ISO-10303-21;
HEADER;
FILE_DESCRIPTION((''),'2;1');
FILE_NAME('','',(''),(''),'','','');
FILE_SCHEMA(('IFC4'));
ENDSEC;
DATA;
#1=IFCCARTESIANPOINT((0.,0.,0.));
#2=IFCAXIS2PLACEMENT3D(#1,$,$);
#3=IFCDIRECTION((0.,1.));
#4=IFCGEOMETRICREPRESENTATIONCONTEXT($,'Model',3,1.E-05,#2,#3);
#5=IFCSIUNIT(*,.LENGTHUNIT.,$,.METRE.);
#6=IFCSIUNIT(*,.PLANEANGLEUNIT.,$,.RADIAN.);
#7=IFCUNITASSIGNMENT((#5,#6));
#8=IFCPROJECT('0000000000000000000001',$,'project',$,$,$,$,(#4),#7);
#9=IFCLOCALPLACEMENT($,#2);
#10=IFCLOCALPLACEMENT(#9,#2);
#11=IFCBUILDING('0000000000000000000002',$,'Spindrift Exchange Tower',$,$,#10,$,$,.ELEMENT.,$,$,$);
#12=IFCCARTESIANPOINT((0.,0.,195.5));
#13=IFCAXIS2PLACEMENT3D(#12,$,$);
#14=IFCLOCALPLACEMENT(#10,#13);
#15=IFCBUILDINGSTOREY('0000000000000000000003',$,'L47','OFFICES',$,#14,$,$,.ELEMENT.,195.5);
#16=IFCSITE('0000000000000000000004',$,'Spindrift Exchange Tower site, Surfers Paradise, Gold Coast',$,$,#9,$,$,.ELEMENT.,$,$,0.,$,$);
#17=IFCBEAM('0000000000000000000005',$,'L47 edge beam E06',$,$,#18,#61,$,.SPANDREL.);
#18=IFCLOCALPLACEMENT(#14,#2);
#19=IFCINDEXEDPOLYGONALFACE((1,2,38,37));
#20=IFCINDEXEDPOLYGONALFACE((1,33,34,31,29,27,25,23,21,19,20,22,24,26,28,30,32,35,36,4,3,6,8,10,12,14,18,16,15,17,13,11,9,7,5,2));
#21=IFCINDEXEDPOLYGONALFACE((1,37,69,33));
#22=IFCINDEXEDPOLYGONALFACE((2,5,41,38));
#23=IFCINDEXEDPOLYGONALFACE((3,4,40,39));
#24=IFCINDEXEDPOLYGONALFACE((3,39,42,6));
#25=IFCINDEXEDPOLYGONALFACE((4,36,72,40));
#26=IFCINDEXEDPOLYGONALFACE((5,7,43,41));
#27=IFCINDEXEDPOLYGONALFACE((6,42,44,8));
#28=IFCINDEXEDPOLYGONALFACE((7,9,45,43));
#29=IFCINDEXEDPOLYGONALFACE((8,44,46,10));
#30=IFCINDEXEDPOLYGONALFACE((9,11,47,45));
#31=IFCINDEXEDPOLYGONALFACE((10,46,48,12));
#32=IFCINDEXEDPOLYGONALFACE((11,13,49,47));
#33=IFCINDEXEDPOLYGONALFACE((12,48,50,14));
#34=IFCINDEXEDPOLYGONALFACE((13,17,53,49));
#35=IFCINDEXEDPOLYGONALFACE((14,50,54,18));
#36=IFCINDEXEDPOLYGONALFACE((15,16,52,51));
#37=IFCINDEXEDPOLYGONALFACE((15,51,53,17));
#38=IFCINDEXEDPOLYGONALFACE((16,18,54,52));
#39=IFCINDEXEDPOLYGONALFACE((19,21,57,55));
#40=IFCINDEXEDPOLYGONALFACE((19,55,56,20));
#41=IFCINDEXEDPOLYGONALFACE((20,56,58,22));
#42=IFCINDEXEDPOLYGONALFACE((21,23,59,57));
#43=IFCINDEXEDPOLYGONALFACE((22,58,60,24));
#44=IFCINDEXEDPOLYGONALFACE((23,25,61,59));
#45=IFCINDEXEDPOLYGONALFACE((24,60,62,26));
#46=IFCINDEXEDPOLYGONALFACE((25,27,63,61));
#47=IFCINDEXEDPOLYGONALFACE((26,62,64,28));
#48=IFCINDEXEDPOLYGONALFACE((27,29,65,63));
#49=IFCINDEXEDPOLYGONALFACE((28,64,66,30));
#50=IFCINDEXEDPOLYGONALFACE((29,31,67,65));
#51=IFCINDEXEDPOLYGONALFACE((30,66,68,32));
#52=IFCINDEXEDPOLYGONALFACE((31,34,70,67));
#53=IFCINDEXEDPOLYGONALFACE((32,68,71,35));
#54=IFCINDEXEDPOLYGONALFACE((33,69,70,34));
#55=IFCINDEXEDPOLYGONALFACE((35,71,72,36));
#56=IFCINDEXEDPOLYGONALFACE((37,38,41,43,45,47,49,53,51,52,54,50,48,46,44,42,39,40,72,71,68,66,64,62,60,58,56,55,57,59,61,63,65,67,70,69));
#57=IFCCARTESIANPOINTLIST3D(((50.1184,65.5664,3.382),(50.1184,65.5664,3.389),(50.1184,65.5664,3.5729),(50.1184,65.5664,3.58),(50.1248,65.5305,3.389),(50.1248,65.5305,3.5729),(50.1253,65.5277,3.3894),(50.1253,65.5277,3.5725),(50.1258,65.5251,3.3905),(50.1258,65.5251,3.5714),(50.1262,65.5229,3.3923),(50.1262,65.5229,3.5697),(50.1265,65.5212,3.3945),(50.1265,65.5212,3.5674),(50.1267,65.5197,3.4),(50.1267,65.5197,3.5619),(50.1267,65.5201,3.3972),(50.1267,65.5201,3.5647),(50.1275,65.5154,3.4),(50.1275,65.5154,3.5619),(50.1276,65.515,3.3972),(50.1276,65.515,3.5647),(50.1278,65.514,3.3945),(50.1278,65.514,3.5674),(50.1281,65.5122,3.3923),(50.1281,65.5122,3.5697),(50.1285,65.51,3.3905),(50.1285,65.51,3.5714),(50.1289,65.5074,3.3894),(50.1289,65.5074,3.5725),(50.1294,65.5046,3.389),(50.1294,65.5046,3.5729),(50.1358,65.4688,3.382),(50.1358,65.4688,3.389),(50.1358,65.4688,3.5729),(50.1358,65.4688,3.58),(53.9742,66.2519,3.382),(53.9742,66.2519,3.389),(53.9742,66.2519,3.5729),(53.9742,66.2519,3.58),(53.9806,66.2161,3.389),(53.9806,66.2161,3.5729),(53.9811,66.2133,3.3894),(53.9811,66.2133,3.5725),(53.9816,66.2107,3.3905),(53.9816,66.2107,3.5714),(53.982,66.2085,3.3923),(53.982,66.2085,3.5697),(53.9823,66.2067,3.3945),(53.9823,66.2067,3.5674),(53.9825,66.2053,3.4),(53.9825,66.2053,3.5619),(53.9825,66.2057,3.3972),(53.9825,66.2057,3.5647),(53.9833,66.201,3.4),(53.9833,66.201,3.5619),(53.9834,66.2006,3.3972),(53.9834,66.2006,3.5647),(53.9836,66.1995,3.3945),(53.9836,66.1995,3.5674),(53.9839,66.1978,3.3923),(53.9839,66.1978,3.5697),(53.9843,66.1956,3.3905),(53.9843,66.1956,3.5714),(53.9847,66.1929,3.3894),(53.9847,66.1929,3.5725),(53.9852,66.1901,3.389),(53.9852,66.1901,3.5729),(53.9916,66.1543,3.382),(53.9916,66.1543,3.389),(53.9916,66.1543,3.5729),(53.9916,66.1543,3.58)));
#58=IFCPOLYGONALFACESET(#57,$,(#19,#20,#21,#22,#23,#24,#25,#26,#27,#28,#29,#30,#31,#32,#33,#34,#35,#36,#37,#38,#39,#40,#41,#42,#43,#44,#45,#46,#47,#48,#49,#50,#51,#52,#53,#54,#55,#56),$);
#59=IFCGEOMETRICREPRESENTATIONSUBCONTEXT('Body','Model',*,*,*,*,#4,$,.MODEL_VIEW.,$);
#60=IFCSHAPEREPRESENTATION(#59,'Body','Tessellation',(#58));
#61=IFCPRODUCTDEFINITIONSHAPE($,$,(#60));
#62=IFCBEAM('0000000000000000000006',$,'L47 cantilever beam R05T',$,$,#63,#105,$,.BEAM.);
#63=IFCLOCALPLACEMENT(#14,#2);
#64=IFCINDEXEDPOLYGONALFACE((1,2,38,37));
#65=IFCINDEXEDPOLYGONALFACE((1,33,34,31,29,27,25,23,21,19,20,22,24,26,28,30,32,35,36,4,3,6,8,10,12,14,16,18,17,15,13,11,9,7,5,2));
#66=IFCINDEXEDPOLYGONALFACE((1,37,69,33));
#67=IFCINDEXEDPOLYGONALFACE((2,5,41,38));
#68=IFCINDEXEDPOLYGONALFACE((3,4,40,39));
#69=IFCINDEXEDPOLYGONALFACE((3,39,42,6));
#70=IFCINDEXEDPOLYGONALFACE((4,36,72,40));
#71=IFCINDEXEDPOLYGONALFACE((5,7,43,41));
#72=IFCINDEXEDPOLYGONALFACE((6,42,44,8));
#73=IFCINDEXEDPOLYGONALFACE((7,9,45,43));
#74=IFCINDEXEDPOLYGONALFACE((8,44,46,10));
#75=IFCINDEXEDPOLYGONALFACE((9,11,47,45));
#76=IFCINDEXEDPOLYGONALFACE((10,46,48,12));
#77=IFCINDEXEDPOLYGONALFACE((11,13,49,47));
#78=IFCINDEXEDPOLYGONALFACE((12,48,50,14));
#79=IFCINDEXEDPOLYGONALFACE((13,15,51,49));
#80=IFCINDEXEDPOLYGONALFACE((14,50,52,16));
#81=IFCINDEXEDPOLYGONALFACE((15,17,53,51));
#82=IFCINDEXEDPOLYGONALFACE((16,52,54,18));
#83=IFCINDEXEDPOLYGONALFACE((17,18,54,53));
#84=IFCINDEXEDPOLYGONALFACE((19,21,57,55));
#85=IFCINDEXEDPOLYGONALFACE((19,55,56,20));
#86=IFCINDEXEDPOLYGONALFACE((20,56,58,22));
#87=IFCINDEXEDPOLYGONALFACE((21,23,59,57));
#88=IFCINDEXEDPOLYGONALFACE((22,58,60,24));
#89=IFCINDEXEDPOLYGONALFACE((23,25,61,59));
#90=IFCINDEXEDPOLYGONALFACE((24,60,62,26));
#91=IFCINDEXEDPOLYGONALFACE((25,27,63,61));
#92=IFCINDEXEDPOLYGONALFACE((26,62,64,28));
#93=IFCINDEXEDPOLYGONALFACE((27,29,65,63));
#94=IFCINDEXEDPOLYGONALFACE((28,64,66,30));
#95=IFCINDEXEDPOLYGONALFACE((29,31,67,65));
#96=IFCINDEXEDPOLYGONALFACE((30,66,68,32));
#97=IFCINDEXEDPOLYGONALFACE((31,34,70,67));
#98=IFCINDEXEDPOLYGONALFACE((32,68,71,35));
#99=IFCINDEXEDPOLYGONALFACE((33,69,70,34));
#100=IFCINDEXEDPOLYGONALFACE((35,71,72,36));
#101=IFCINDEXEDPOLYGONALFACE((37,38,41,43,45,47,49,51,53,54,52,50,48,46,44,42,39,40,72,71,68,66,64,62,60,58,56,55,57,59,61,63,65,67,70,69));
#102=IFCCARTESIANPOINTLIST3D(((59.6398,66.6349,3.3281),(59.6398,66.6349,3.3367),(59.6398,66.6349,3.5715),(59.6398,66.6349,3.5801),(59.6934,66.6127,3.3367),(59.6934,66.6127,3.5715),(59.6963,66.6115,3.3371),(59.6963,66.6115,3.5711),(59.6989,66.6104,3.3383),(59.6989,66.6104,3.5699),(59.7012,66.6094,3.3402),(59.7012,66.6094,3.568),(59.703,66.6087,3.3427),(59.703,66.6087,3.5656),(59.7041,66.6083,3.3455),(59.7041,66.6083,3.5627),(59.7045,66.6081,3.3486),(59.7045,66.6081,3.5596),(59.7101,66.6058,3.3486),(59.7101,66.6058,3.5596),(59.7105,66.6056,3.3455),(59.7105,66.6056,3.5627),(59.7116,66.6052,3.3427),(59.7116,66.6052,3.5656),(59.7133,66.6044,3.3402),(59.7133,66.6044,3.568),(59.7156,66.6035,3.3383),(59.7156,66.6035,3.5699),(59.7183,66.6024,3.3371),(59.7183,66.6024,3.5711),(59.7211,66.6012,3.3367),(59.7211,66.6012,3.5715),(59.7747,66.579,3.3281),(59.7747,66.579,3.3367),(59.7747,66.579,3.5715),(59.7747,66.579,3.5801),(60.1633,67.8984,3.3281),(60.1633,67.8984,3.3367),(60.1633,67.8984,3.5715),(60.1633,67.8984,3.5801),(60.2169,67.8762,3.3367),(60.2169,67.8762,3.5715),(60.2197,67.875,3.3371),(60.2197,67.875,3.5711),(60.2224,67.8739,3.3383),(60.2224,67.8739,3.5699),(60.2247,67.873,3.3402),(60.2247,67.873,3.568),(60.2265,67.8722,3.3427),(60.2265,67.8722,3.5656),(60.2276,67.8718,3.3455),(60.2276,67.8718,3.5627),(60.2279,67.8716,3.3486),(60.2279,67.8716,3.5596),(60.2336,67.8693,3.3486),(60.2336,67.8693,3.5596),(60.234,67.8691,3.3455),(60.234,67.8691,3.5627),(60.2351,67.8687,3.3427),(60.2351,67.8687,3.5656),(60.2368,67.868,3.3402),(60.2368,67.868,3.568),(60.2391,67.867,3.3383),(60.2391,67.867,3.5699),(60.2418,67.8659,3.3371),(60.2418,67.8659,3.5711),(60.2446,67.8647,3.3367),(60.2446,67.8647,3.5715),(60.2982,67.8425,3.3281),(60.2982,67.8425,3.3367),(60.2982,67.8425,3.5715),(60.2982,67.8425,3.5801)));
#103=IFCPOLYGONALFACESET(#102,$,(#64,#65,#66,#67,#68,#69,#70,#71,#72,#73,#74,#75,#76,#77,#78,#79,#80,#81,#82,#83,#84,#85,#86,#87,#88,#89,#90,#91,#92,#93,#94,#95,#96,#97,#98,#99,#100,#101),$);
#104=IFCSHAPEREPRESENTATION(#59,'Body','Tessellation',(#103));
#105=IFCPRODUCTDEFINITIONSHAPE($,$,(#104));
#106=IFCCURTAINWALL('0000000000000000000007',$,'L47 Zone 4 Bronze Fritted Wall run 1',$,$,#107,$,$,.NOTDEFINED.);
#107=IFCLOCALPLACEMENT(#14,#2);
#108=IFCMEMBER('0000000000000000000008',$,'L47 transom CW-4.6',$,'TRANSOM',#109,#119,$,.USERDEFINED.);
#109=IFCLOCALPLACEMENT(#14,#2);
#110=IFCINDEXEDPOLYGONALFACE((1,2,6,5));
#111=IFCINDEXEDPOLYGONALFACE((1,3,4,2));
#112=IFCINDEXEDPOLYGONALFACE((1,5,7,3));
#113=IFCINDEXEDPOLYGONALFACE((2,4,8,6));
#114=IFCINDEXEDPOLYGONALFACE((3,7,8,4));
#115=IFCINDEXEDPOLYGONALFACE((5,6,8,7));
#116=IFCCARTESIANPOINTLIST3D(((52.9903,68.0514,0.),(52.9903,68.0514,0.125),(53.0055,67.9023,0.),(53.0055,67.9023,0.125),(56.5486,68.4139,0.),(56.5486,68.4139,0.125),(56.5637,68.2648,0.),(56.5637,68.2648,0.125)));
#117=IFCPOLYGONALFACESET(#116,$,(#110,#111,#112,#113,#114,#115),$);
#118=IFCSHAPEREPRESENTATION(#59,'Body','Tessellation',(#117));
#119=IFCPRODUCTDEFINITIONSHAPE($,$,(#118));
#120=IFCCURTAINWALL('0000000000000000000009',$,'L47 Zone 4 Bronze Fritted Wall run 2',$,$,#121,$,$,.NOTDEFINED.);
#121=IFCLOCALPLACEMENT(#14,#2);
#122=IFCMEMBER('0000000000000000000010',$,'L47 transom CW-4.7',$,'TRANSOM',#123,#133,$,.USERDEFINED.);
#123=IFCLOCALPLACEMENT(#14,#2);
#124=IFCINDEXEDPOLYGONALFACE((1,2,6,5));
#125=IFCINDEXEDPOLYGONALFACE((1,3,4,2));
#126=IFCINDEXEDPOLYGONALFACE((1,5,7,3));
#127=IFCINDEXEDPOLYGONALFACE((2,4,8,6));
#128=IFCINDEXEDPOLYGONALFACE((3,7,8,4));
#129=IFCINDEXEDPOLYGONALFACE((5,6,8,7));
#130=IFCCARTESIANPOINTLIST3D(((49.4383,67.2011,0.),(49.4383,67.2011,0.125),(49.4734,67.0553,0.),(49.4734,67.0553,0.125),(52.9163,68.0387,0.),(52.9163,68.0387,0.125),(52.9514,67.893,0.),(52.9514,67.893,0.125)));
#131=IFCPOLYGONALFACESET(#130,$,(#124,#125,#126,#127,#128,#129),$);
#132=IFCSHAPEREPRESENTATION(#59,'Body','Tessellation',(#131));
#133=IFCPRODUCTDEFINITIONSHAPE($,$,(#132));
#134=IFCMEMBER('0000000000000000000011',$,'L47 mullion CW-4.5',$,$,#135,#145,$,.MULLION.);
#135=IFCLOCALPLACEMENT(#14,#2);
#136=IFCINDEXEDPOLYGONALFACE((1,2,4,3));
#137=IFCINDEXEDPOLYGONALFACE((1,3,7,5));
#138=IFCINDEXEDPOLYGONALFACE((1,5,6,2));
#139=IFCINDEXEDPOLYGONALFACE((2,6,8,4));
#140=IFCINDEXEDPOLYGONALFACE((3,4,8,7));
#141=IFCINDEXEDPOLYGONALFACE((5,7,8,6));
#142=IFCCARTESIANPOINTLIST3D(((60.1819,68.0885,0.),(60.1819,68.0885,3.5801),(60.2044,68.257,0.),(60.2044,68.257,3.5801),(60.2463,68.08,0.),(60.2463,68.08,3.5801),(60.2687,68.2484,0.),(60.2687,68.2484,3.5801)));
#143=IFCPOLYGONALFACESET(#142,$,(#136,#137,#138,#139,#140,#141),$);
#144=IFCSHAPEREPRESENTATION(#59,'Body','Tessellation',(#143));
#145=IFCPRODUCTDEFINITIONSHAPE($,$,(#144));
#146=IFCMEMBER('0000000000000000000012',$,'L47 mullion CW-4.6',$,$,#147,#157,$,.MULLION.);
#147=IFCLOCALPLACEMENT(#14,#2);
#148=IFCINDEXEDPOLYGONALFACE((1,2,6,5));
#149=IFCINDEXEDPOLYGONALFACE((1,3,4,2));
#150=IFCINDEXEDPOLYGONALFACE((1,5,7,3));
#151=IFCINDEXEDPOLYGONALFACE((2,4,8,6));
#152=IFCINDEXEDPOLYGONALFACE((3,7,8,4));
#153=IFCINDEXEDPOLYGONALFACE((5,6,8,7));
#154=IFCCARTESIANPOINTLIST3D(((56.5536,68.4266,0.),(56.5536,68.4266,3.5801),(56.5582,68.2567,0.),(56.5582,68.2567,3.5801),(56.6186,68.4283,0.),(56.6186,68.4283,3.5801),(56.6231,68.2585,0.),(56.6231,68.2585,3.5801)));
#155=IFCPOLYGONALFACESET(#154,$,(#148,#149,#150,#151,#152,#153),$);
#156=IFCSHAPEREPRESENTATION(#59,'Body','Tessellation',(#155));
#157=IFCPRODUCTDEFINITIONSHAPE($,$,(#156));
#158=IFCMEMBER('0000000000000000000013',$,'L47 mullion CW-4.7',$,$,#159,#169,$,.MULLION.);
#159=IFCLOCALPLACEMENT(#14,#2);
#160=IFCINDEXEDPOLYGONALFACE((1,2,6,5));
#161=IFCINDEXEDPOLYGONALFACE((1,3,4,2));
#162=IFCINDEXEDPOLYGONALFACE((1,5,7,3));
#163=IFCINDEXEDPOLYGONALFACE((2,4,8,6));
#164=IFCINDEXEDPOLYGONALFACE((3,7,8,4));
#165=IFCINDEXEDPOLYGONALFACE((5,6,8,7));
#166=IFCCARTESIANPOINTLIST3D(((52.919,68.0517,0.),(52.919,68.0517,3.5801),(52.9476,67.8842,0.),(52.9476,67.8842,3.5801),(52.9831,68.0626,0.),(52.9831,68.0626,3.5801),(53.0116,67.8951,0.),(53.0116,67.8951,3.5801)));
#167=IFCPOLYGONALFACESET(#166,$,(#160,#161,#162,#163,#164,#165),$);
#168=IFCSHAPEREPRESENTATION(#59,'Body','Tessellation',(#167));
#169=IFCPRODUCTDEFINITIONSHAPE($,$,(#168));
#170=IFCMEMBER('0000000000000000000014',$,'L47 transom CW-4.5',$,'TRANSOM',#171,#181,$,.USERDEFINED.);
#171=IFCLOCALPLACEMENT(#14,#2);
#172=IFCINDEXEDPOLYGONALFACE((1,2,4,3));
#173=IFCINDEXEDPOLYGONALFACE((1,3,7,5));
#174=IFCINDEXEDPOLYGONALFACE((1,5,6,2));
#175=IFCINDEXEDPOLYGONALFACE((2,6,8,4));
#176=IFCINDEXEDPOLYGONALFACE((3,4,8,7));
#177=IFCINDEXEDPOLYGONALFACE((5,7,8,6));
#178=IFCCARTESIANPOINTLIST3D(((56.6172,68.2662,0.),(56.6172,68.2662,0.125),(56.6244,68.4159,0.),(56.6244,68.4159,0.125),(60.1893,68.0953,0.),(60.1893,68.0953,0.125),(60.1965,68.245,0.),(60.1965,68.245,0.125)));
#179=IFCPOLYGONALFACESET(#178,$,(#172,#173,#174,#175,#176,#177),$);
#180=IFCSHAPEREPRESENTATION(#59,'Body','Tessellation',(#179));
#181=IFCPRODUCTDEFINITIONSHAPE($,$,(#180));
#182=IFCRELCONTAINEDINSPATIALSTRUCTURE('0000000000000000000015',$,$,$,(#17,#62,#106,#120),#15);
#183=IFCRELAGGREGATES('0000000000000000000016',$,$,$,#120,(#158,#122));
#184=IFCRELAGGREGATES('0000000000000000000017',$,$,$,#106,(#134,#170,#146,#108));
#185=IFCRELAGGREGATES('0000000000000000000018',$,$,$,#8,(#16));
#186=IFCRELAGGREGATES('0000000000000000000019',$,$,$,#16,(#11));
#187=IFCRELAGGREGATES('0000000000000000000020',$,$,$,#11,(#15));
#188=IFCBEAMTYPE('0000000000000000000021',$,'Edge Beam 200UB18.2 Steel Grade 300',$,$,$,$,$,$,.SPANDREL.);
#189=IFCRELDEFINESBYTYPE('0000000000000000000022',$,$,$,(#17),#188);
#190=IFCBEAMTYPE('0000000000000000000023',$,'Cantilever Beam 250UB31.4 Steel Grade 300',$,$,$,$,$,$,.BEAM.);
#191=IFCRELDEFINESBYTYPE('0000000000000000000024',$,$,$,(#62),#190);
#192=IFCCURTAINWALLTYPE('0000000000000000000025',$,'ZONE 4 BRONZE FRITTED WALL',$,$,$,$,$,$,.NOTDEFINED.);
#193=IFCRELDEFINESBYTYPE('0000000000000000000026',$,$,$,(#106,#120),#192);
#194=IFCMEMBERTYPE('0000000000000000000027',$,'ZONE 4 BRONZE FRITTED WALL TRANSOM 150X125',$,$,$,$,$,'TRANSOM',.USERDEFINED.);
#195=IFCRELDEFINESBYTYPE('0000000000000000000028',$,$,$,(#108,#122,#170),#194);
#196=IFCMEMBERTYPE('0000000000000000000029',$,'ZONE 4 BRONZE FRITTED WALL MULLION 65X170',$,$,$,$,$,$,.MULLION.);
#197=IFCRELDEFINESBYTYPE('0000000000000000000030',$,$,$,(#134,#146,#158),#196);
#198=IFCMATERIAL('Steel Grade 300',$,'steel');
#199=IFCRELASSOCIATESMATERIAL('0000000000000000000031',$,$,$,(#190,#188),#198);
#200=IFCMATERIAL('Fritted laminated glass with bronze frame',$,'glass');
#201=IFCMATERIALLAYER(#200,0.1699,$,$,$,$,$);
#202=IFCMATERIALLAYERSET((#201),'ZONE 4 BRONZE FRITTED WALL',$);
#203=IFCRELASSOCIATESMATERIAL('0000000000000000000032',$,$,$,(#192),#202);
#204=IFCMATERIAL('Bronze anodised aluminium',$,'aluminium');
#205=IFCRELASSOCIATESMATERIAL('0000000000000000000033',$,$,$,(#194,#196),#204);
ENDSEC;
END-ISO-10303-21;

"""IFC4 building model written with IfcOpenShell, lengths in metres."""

from ifc_helpers import new_model, si_unit, direction, frame, origin, origin_2d, place, context, subcontext, project, spatial, rectangle, i_section, extrude, source, transform, mapped, material, layer, layer_set, material_profile, profile_set, type_object, element, aggregate, save


model = new_model("IFC4")

# Units and contexts
model_context = context("Model", 3, precision=1e-05, world=origin(), true_north=direction((0.0, 1.0)))
body_context = subcontext(model_context, "Body", "Model", "MODEL_VIEW")
ifc_project = project(units=[si_unit("LENGTHUNIT", "METRE"), si_unit("PLANEANGLEUNIT", "RADIAN")], contexts=[model_context])

# Site, building, storey
site_placement = place(None, origin())
site = spatial("IfcSite", under=ifc_project, at=site_placement, Name="Spindrift Exchange Tower site, Surfers Paradise, Gold Coast", CompositionType="ELEMENT", RefElevation=0.0)
building_placement = place(site_placement, origin())
building = spatial("IfcBuilding", under=site, at=building_placement, Name="Spindrift Exchange Tower", CompositionType="ELEMENT")
storey_placement = place(building_placement, frame((0.0, 0.0, 195.5)))
storey = spatial("IfcBuildingStorey", under=building, at=storey_placement, Name="L47", Description="OFFICES", CompositionType="ELEMENT", Elevation=195.5)

# Beams
ifc_material_1 = material(Name="Steel Grade 300", Category="steel")
ifc_material_profile_1 = material_profile(ifc_material_1, i_section(OverallWidth=0.146, OverallDepth=0.252, WebThickness=0.0061, FlangeThickness=0.0085, FilletRadius=0.012, at=origin_2d()), Name="250UB31.4")
ifc_profile_set_1 = profile_set([ifc_material_profile_1], Name="Steel Grade 300")
beam_type_1 = type_object("IfcBeamType", Name="Cantilever Beam 250UB31.4 Steel Grade 300", PredefinedType="BEAM", material=ifc_profile_set_1)
ifc_material_profile_2 = material_profile(ifc_material_1, i_section(OverallWidth=0.0991, OverallDepth=0.198, WebThickness=0.0044, FlangeThickness=0.0071, FilletRadius=0.011, at=origin_2d()), Name="200UB18.2")
ifc_profile_set_2 = profile_set([ifc_material_profile_2], Name="Steel Grade 300")
beam_type_2 = type_object("IfcBeamType", Name="Edge Beam 200UB18.2 Steel Grade 300", PredefinedType="SPANDREL", material=ifc_profile_set_2)
shared_shape_1 = source(origin(), body_context, "Body", "SweptSolid", [
    extrude(i_section(OverallWidth=0.0991, OverallDepth=0.198, WebThickness=0.0044, FlangeThickness=0.0071, FilletRadius=0.011, at=origin_2d()), origin(), (0.0, 0.0, 1.0), 3.9163),
])
beam_1_placement = place(storey_placement, frame((53.9829, 66.2031, 3.481), z_axis=(-0.984559, -0.175055, 0.0), x_axis=(0.175055, -0.984559, 0.0)))
element("IfcBeam", 1, at=beam_1_placement, inside=storey, type_object=beam_type_2, Name="L47 edge beam E06", PredefinedType="SPANDREL", context=body_context, shape_type="MappedRepresentation", body=[
    mapped(shared_shape_1, transform((0.0, 0.0, 0.0), scale=1.0)),
])
shared_shape_2 = source(origin(), body_context, "Body", "SweptSolid", [
    extrude(i_section(OverallWidth=0.146, OverallDepth=0.252, WebThickness=0.0061, FlangeThickness=0.0085, FilletRadius=0.012, at=origin_2d()), origin(), (0.0, 0.0, 1.0), 1.3677),
])
beam_2_placement = place(storey_placement, frame((59.7073, 66.6069, 3.4541), z_axis=(0.382751, 0.923851, 0.0), x_axis=(-0.923851, 0.382751, 0.0)))
element("IfcBeam", 2, at=beam_2_placement, inside=storey, type_object=beam_type_1, Name="L47 cantilever beam R05T", PredefinedType="BEAM", context=body_context, shape_type="MappedRepresentation", body=[
    mapped(shared_shape_2, transform((0.0, 0.0, 0.0), scale=1.0)),
])

# Curtain walls, members
ifc_material_2 = material(Name="Fritted laminated glass with bronze frame", Category="glass")
ifc_layer_1 = layer(ifc_material_2, 0.1699)
ifc_layer_set_1 = layer_set([ifc_layer_1], Name="ZONE 4 BRONZE FRITTED WALL")
curtain_wall_type = type_object("IfcCurtainWallType", Name="ZONE 4 BRONZE FRITTED WALL", PredefinedType="NOTDEFINED", material=ifc_layer_set_1)
curtain_wall_1_placement = place(storey_placement, origin())
curtain_wall_1 = element("IfcCurtainWall", 3, at=curtain_wall_1_placement, inside=storey, type_object=curtain_wall_type, Name="L47 Zone 4 Bronze Fritted Wall run 1", PredefinedType="NOTDEFINED")
ifc_material_3 = material(Name="Bronze anodised aluminium", Category="aluminium")
ifc_material_profile_3 = material_profile(ifc_material_3, rectangle(XDim=0.1499, YDim=0.125, at=origin_2d()), Name="ZONE 4 BRONZE FRITTED WALL TRANSOM 150X125")
ifc_profile_set_3 = profile_set([ifc_material_profile_3], Name="Bronze anodised aluminium")
member_type_1 = type_object("IfcMemberType", Name="ZONE 4 BRONZE FRITTED WALL TRANSOM 150X125", ElementType="TRANSOM", PredefinedType="USERDEFINED", material=ifc_profile_set_3)
shared_shape_3 = source(origin(), body_context, "Body", "SweptSolid", [
    extrude(rectangle(XDim=0.1499, YDim=0.125, at=origin_2d()), origin(), (0.0, 0.0, 1.0), 3.5767),
])
member_1_placement = place(storey_placement, frame((56.5562, 68.3394, 0.0625), z_axis=(-0.99485, -0.101362, 0.0), x_axis=(0.101362, -0.99485, 0.0)))
member_1 = element("IfcMember", 4, at=member_1_placement, type_object=member_type_1, Name="L47 transom CW-4.6", ObjectType="TRANSOM", PredefinedType="USERDEFINED", context=body_context, shape_type="MappedRepresentation", body=[
    mapped(shared_shape_3, transform((0.0, 0.0, 0.0), scale=1.0)),
])
curtain_wall_2_placement = place(storey_placement, origin())
curtain_wall_2 = element("IfcCurtainWall", 5, at=curtain_wall_2_placement, inside=storey, type_object=curtain_wall_type, Name="L47 Zone 4 Bronze Fritted Wall run 2", PredefinedType="NOTDEFINED")
shared_shape_4 = source(origin(), body_context, "Body", "SweptSolid", [
    extrude(rectangle(XDim=0.1499, YDim=0.125, at=origin_2d()), origin(), (0.0, 0.0, 1.0), 3.5774),
])
member_2_placement = place(storey_placement, frame((52.9338, 67.9658, 0.0625), z_axis=(-0.972202, -0.234145, 0.0), x_axis=(0.234145, -0.972202, 0.0)))
member_2 = element("IfcMember", 6, at=member_2_placement, type_object=member_type_1, Name="L47 transom CW-4.7", ObjectType="TRANSOM", PredefinedType="USERDEFINED", context=body_context, shape_type="MappedRepresentation", body=[
    mapped(shared_shape_4, transform((0.0, 0.0, 0.0), scale=1.0)),
])

# Members
ifc_material_profile_4 = material_profile(ifc_material_3, rectangle(XDim=0.0649, YDim=0.1699, at=origin_2d()), Name="ZONE 4 BRONZE FRITTED WALL MULLION 65X170")
ifc_profile_set_4 = profile_set([ifc_material_profile_4], Name="Bronze anodised aluminium")
member_type_2 = type_object("IfcMemberType", Name="ZONE 4 BRONZE FRITTED WALL MULLION 65X170", PredefinedType="MULLION", material=ifc_profile_set_4)
shared_shape_5 = source(origin(), body_context, "Body", "SweptSolid", [
    extrude(rectangle(XDim=0.0649, YDim=0.1699, at=origin_2d()), origin(), (0.0, 0.0, 1.0), 3.5801),
])
member_3_placement = place(storey_placement, frame((60.2253, 68.1685, 0.0), z_axis=(0.0, 0.0, 1.0), x_axis=(-0.991242, 0.132061, 0.0)))
member_3 = element("IfcMember", 7, at=member_3_placement, type_object=member_type_2, Name="L47 mullion CW-4.5", PredefinedType="MULLION", context=body_context, shape_type="MappedRepresentation", body=[
    mapped(shared_shape_5, transform((0.0, 0.0, 0.0), scale=1.0)),
])
member_4_placement = place(storey_placement, frame((56.5884, 68.3425, 0.0), z_axis=(0.0, 0.0, 1.0), x_axis=(-0.999639, -0.026855, 0.0)))
member_4 = element("IfcMember", 8, at=member_4_placement, type_object=member_type_2, Name="L47 mullion CW-4.6", PredefinedType="MULLION", context=body_context, shape_type="MappedRepresentation", body=[
    mapped(shared_shape_5, transform((0.0, 0.0, 0.0), scale=1.0)),
])
member_5_placement = place(storey_placement, frame((52.9653, 67.9734, 0.0), z_axis=(0.0, 0.0, 1.0), x_axis=(-0.985761, -0.168151, 0.0)))
member_5 = element("IfcMember", 9, at=member_5_placement, type_object=member_type_2, Name="L47 mullion CW-4.7", PredefinedType="MULLION", context=body_context, shape_type="MappedRepresentation", body=[
    mapped(shared_shape_5, transform((0.0, 0.0, 0.0), scale=1.0)),
])
aggregate(curtain_wall_2, [member_5, member_2])
shared_shape_6 = source(origin(), body_context, "Body", "SweptSolid", [
    extrude(rectangle(XDim=0.1499, YDim=0.125, at=origin_2d()), origin(), (0.0, 0.0, 1.0), 3.5762),
])
member_6_placement = place(storey_placement, frame((60.1929, 68.1702, 0.0625), z_axis=(-0.998857, 0.047789, 0.0), x_axis=(-0.047789, -0.998857, 0.0)))
member_6 = element("IfcMember", 10, at=member_6_placement, type_object=member_type_1, Name="L47 transom CW-4.5", ObjectType="TRANSOM", PredefinedType="USERDEFINED", context=body_context, shape_type="MappedRepresentation", body=[
    mapped(shared_shape_6, transform((0.0, 0.0, 0.0), scale=1.0)),
])

aggregate(curtain_wall_1, [member_3, member_6, member_4, member_1])

save(model, "model.ifc")
